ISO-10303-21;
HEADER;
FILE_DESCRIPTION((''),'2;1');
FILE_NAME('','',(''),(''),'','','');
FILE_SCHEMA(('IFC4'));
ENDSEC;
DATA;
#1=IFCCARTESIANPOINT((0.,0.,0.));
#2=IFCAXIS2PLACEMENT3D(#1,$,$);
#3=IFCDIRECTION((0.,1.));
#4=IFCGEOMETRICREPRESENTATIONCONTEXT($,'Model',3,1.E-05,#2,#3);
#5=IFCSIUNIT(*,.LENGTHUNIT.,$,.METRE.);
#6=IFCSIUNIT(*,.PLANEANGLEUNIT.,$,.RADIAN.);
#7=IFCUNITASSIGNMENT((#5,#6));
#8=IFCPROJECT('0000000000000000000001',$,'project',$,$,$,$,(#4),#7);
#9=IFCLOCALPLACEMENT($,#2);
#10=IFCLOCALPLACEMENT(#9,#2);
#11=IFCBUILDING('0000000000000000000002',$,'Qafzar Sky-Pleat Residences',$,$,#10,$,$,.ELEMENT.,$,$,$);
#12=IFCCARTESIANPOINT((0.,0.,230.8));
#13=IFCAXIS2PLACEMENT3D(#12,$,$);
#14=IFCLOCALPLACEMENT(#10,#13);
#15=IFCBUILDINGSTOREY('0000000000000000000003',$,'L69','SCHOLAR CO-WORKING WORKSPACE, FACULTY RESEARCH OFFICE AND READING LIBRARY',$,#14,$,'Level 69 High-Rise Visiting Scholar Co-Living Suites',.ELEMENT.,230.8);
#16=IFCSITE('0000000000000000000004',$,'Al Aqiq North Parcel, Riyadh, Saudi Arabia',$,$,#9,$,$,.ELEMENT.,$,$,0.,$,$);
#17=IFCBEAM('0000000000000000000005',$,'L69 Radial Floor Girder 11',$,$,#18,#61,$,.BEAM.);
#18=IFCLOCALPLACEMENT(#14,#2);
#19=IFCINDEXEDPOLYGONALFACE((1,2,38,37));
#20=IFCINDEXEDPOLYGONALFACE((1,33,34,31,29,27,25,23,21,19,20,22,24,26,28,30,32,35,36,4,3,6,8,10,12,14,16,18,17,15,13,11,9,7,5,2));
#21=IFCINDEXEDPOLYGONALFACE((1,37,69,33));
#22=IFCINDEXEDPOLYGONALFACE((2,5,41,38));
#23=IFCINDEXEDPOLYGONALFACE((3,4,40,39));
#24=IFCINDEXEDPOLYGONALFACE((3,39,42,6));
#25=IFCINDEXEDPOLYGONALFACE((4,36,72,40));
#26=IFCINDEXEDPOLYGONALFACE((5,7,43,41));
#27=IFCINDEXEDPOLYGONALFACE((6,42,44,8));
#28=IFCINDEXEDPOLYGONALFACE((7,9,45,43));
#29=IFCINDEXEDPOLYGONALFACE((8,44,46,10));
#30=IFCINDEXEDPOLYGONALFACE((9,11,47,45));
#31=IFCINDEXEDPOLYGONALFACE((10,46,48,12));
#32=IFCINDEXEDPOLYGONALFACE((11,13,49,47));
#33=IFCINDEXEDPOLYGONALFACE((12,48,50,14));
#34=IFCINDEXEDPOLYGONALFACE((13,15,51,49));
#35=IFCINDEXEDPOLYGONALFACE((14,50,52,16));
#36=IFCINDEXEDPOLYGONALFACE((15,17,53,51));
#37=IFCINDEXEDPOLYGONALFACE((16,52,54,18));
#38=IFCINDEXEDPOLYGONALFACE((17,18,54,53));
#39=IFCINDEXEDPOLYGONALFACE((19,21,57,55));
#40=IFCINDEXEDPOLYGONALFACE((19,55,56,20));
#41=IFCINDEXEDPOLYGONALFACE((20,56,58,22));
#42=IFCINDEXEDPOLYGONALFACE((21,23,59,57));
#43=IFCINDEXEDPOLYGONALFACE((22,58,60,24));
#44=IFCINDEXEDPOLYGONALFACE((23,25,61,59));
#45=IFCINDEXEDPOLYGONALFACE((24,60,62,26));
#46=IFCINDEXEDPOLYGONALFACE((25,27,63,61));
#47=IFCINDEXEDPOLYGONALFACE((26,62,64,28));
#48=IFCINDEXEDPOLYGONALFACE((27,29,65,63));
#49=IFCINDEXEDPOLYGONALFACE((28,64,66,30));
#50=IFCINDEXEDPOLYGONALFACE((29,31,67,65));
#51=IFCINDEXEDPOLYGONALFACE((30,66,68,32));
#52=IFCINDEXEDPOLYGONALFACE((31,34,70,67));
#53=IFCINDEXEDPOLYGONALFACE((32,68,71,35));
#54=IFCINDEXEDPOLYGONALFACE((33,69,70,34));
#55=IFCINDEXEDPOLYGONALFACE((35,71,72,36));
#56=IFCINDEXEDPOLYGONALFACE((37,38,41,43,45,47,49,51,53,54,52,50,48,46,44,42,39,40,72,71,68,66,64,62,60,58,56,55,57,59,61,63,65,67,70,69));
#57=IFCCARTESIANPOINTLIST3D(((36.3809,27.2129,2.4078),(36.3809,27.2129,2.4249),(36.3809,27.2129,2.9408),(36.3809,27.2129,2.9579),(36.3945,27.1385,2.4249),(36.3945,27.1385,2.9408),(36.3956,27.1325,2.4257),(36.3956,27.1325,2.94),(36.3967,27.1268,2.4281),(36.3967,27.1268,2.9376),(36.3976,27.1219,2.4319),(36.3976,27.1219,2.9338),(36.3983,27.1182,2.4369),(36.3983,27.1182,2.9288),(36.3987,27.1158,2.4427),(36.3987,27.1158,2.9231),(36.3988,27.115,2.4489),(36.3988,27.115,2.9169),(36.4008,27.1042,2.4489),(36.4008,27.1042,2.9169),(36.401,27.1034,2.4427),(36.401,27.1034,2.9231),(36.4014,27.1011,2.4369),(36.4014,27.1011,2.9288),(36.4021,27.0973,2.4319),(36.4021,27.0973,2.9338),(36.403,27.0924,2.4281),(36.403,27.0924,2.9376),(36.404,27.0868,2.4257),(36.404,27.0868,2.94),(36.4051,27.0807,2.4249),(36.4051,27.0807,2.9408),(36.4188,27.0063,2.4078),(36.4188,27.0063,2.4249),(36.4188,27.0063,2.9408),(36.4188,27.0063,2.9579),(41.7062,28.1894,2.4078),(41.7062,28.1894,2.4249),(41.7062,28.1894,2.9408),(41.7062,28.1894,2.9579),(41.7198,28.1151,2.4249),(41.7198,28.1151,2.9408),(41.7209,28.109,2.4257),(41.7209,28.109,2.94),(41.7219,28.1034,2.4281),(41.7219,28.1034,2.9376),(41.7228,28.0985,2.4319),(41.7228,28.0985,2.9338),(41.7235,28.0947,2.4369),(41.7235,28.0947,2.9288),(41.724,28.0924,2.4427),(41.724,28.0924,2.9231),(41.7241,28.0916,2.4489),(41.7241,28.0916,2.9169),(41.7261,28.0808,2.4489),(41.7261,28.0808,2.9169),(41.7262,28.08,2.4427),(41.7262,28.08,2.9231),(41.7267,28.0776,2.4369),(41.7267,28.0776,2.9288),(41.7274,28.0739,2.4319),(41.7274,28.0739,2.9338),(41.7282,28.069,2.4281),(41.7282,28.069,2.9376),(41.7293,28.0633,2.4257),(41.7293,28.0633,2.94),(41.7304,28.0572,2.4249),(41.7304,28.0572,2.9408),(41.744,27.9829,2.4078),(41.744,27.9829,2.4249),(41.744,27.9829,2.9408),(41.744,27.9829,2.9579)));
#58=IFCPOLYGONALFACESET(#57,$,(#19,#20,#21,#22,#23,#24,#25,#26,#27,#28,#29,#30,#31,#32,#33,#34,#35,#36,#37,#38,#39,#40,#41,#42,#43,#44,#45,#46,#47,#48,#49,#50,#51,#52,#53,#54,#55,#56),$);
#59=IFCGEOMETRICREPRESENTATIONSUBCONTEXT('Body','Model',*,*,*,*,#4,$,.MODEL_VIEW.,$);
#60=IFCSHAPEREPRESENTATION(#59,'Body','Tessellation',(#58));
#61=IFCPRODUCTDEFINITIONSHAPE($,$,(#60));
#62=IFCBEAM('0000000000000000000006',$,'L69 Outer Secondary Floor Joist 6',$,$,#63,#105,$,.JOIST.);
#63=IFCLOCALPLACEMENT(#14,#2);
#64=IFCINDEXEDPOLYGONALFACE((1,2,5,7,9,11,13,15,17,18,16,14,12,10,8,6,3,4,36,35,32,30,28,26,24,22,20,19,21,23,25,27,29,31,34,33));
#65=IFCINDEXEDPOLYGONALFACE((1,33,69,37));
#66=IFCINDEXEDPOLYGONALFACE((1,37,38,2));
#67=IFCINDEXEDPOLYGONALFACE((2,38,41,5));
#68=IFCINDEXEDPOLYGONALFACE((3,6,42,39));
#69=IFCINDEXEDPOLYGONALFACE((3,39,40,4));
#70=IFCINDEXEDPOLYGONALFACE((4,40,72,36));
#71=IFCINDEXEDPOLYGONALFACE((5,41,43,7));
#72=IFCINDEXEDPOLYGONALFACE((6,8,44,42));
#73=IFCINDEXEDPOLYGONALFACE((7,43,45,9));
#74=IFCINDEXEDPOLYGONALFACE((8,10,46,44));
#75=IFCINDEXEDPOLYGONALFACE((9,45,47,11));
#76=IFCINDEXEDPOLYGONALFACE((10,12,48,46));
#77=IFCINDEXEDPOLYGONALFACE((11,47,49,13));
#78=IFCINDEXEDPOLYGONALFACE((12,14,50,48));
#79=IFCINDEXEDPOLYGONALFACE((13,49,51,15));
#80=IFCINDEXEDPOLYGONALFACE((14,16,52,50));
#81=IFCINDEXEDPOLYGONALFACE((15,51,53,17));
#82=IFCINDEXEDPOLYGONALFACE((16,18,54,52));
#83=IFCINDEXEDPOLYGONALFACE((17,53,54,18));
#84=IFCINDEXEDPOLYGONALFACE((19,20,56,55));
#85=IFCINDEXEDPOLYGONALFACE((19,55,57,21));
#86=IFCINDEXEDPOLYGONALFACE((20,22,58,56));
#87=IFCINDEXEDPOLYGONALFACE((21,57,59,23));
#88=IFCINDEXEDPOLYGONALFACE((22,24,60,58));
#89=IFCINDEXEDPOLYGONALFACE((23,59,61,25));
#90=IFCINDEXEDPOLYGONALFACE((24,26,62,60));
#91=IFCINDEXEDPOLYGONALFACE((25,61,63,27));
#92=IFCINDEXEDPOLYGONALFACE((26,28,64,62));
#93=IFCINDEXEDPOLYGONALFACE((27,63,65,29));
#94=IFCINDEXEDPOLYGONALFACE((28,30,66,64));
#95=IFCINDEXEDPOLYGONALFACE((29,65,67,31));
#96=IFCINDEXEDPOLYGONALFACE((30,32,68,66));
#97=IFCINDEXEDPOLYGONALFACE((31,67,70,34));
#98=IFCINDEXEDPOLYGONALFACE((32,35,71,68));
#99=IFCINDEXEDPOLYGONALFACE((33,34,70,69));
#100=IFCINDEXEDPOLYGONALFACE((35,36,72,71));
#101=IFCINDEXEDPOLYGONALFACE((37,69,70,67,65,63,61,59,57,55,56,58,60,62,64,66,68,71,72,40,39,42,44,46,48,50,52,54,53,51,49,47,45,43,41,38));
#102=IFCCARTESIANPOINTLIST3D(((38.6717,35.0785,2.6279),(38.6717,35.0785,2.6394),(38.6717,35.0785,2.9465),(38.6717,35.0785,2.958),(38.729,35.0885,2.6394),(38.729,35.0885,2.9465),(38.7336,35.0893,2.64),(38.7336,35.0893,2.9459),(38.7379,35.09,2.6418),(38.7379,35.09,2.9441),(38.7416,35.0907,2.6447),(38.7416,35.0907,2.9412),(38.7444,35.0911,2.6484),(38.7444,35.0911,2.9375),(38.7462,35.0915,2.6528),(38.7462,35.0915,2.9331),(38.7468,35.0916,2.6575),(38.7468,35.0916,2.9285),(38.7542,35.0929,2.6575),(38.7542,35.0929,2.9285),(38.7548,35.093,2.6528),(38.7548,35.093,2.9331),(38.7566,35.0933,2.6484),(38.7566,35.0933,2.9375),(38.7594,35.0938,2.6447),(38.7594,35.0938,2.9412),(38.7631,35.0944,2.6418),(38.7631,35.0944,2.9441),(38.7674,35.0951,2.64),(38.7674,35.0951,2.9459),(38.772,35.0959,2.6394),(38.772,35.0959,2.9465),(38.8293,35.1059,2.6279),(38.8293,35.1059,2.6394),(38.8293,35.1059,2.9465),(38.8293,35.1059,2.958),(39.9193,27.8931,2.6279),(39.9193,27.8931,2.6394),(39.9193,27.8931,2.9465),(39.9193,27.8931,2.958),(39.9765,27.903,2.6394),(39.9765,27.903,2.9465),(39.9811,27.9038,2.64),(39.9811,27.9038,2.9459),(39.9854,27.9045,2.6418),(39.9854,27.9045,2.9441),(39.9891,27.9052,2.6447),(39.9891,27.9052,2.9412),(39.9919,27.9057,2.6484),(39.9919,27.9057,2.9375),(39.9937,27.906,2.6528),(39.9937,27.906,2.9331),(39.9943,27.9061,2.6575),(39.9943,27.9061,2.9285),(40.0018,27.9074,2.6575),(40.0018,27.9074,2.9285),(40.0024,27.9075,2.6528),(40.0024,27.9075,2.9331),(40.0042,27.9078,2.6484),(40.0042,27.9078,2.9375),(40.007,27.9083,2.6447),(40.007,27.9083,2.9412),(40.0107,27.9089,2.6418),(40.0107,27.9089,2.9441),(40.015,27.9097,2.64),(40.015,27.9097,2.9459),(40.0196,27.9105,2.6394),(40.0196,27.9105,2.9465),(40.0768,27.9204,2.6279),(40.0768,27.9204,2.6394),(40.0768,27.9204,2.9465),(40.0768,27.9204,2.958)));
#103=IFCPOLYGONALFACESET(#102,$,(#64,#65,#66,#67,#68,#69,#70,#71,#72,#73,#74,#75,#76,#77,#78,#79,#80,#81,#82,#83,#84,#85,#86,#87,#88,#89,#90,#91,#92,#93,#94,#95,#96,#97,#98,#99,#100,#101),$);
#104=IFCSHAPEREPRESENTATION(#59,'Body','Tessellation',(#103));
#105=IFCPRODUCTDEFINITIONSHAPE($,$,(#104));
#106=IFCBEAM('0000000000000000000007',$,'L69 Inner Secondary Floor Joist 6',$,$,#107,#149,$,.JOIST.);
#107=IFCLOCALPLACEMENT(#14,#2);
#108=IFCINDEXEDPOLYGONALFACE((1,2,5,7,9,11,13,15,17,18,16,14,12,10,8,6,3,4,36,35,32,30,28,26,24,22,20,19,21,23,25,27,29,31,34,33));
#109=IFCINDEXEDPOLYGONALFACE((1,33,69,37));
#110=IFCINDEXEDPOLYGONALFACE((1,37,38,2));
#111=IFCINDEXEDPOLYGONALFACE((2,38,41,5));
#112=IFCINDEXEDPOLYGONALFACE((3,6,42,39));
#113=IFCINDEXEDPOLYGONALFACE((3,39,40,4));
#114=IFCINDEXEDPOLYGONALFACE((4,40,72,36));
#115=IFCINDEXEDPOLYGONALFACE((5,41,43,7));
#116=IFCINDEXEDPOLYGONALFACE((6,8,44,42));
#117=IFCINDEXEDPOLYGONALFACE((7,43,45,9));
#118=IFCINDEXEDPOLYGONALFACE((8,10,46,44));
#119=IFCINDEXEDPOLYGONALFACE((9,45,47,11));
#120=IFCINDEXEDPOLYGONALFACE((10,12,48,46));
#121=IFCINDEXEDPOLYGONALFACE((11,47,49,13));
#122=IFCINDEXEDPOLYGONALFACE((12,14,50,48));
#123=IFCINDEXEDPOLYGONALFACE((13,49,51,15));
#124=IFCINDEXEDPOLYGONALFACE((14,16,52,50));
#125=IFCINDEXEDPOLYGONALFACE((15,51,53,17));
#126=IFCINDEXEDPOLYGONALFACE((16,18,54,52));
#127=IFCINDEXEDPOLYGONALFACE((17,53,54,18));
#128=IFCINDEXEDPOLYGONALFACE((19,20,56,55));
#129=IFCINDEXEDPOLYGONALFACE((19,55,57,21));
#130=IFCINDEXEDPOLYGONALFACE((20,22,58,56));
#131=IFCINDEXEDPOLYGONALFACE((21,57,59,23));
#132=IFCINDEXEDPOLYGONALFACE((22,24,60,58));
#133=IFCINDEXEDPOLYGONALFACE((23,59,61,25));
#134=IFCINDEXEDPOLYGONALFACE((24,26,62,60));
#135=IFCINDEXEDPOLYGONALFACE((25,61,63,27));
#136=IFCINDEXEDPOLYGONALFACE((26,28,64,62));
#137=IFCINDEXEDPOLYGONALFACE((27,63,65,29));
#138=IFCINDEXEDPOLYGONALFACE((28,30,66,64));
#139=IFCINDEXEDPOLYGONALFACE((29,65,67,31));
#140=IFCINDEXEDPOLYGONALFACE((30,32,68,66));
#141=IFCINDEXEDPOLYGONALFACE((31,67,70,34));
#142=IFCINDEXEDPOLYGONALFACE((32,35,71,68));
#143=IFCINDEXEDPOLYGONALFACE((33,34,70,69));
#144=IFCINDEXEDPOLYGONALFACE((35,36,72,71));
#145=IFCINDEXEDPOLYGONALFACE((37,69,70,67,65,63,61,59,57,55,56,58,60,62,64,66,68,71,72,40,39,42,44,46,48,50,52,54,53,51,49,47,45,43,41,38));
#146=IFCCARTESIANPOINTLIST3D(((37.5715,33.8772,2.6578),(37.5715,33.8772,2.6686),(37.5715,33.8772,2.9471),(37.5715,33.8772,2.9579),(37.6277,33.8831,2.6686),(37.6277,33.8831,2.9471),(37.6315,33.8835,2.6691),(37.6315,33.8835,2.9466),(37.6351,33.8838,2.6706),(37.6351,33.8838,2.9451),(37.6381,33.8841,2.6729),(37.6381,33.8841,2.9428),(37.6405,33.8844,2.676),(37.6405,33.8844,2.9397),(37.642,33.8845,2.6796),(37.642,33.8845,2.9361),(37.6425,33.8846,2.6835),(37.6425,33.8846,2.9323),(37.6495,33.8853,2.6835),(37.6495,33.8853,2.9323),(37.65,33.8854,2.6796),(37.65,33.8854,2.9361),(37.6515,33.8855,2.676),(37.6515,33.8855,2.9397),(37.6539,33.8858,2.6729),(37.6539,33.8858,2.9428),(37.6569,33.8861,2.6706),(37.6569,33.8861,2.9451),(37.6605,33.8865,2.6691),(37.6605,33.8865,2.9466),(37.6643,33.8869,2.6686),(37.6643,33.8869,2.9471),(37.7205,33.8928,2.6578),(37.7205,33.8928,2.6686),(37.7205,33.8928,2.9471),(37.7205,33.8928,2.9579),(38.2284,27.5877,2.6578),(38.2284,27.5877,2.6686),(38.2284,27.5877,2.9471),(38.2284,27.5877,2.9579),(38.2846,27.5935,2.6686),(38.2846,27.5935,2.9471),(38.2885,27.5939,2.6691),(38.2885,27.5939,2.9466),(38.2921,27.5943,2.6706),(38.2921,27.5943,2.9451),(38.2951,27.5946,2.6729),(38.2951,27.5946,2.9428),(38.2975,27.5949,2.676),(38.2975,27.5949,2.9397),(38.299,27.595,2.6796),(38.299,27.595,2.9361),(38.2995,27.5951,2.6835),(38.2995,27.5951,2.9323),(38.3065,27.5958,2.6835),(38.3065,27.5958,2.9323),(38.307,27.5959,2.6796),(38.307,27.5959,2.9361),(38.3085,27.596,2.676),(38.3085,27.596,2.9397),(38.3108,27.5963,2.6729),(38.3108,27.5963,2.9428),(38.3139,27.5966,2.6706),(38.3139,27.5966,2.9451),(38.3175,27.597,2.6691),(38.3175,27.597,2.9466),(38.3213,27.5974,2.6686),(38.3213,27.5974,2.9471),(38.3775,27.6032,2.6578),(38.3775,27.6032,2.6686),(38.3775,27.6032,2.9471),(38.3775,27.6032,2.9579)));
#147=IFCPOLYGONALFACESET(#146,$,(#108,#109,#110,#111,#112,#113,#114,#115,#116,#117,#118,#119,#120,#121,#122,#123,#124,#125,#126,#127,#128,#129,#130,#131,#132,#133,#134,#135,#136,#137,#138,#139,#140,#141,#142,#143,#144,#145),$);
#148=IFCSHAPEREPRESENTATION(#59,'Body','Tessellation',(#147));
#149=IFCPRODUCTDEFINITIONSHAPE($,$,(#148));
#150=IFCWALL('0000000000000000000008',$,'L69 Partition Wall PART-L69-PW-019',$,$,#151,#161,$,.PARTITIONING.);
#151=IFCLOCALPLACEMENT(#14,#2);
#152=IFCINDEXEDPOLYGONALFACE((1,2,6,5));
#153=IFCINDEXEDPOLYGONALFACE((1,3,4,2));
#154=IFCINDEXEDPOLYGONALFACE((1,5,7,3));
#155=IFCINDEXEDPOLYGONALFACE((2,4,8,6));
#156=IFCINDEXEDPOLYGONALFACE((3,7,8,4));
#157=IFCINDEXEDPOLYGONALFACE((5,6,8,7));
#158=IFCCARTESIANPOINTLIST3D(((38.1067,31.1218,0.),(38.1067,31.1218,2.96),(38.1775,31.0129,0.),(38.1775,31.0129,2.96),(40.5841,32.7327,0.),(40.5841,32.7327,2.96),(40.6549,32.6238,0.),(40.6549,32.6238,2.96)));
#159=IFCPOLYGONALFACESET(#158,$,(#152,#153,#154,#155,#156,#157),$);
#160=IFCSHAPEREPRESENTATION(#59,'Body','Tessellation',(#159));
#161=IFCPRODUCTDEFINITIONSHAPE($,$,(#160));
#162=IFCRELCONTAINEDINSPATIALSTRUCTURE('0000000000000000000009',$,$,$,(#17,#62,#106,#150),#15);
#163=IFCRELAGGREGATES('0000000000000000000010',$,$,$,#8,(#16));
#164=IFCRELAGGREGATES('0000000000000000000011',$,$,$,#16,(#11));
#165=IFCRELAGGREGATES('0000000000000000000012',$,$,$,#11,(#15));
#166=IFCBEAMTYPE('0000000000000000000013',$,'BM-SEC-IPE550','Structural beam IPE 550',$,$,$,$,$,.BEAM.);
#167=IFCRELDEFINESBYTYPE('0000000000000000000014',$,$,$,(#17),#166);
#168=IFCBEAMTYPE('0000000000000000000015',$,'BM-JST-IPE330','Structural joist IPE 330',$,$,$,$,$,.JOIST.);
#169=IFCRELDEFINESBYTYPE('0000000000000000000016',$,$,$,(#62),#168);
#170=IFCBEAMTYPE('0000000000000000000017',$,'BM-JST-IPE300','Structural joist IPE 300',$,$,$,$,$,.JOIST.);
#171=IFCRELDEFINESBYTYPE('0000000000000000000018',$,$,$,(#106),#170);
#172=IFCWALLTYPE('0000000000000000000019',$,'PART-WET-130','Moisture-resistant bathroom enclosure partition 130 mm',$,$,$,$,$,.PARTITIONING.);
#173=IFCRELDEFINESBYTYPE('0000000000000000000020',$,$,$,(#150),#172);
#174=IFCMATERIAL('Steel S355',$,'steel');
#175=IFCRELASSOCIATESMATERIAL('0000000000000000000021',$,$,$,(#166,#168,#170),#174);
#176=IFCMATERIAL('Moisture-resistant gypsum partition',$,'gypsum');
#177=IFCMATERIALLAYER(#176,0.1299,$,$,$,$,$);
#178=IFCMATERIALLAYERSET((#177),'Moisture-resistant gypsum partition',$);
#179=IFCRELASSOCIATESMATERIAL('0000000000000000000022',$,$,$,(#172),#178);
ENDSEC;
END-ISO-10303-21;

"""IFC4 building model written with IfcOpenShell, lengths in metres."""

from ifc_helpers import new_model, si_unit, direction, frame, frame_2d, origin, origin_2d, place, context, subcontext, project, spatial, rectangle, i_section, extrude, source, transform, mapped, material, layer, layer_set, material_profile, profile_set, type_object, element, save


model = new_model("IFC4")

# Units and contexts
model_context = context("Model", 3, precision=1e-05, world=origin(), true_north=direction((0.0, 1.0)))
body_context = subcontext(model_context, "Body", "Model", "MODEL_VIEW")
ifc_project = project(units=[si_unit("LENGTHUNIT", "METRE"), si_unit("PLANEANGLEUNIT", "RADIAN")], contexts=[model_context])

# Site, building, storey
site_placement = place(None, origin())
site = spatial("IfcSite", under=ifc_project, at=site_placement, Name="Al Aqiq North Parcel, Riyadh, Saudi Arabia", CompositionType="ELEMENT", RefElevation=0.0)
building_placement = place(site_placement, origin())
building = spatial("IfcBuilding", under=site, at=building_placement, Name="Qafzar Sky-Pleat Residences", CompositionType="ELEMENT")
storey_placement = place(building_placement, frame((0.0, 0.0, 230.8)))
storey = spatial("IfcBuildingStorey", under=building, at=storey_placement, Name="L69", Description="SCHOLAR CO-WORKING WORKSPACE, FACULTY RESEARCH OFFICE AND READING LIBRARY", LongName="Level 69 High-Rise Visiting Scholar Co-Living Suites", CompositionType="ELEMENT", Elevation=230.8)

# Shared definitions
ifc_material_1 = material(Name="Steel S355", Category="steel")

# Beams
ifc_material_profile_1 = material_profile(ifc_material_1, i_section(OverallWidth=0.21, OverallDepth=0.55, WebThickness=0.011, FlangeThickness=0.0171, FilletRadius=0.0239, at=origin_2d()), Name="IPE 550")
ifc_profile_set_1 = profile_set([ifc_material_profile_1], Name="Steel S355")
beam_type_1 = type_object("IfcBeamType", Name="BM-SEC-IPE550", Description="Structural beam IPE 550", PredefinedType="BEAM", material=ifc_profile_set_1)
shared_shape_1 = source(origin(), body_context, "Body", "SweptSolid", [
    extrude(i_section(OverallWidth=0.21, OverallDepth=0.55, WebThickness=0.011, FlangeThickness=0.0171, FilletRadius=0.0239, at=origin_2d()), origin(), (0.0, 0.0, 1.0), 5.4141),
])
beam_1_placement = place(storey_placement, frame((41.7251, 28.0862, 2.6829), z_axis=(-0.983597, -0.180377, 0.0), x_axis=(0.180377, -0.983597, 0.0)))
element("IfcBeam", 1, at=beam_1_placement, inside=storey, type_object=beam_type_1, Name="L69 Radial Floor Girder 11", PredefinedType="BEAM", context=body_context, shape_type="MappedRepresentation", body=[
    mapped(shared_shape_1, transform((0.0, 0.0, 0.0), x_axis=(1.0, 0.0, 0.0), y_axis=(0.0, 1.0, 0.0), z_axis=(0.0, 0.0, 1.0), scale=1.0)),
])
ifc_material_profile_2 = material_profile(ifc_material_1, i_section(OverallWidth=0.1599, OverallDepth=0.3301, WebThickness=0.0076, FlangeThickness=0.0115, FilletRadius=0.0181, at=origin_2d()), Name="IPE 330")
ifc_profile_set_2 = profile_set([ifc_material_profile_2], Name="Steel S355")
beam_type_2 = type_object("IfcBeamType", Name="BM-JST-IPE330", Description="Structural joist IPE 330", PredefinedType="JOIST", material=ifc_profile_set_2)
shared_shape_2 = source(origin(), body_context, "Body", "SweptSolid", [
    extrude(i_section(OverallWidth=0.1599, OverallDepth=0.3301, WebThickness=0.0076, FlangeThickness=0.0115, FilletRadius=0.0181, at=origin_2d()), origin(), (0.0, 0.0, 1.0), 7.293),
])
beam_2_placement = place(storey_placement, frame((39.998, 27.9067, 2.793), z_axis=(-0.171061, 0.98526, 0.0), x_axis=(-0.98526, -0.171061, 0.0)))
element("IfcBeam", 2, at=beam_2_placement, inside=storey, type_object=beam_type_2, Name="L69 Outer Secondary Floor Joist 6", PredefinedType="JOIST", context=body_context, shape_type="MappedRepresentation", body=[
    mapped(shared_shape_2, transform((0.0, 0.0, 0.0), x_axis=(1.0, 0.0, 0.0), y_axis=(0.0, 1.0, 0.0), z_axis=(0.0, 0.0, 1.0), scale=1.0)),
])
ifc_material_profile_3 = material_profile(ifc_material_1, i_section(OverallWidth=0.1499, OverallDepth=0.3, WebThickness=0.0071, FlangeThickness=0.0107, FilletRadius=0.0149, at=origin_2d()), Name="IPE 300")
ifc_profile_set_3 = profile_set([ifc_material_profile_3], Name="Steel S355")
beam_type_3 = type_object("IfcBeamType", Name="BM-JST-IPE300", Description="Structural joist IPE 300", PredefinedType="JOIST", material=ifc_profile_set_3)
shared_shape_3 = source(origin(), body_context, "Body", "SweptSolid", [
    extrude(i_section(OverallWidth=0.1499, OverallDepth=0.3, WebThickness=0.0071, FlangeThickness=0.0107, FilletRadius=0.0149, at=origin_2d()), origin(), (0.0, 0.0, 1.0), 6.3237),
])
beam_3_placement = place(storey_placement, frame((38.303, 27.5955, 2.8079), z_axis=(-0.103891, 0.994589, 0.0), x_axis=(-0.994589, -0.103891, 0.0)))
element("IfcBeam", 3, at=beam_3_placement, inside=storey, type_object=beam_type_3, Name="L69 Inner Secondary Floor Joist 6", PredefinedType="JOIST", context=body_context, shape_type="MappedRepresentation", body=[
    mapped(shared_shape_3, transform((0.0, 0.0, 0.0), x_axis=(1.0, 0.0, 0.0), y_axis=(0.0, 1.0, 0.0), z_axis=(0.0, 0.0, 1.0), scale=1.0)),
])

# Wall
ifc_material_2 = material(Name="Moisture-resistant gypsum partition", Category="gypsum")
ifc_layer_1 = layer(ifc_material_2, 0.1299)
ifc_layer_set_1 = layer_set([ifc_layer_1], Name="Moisture-resistant gypsum partition")
wall_type_1 = type_object("IfcWallType", Name="PART-WET-130", Description="Moisture-resistant bathroom enclosure partition 130 mm", PredefinedType="PARTITIONING", material=ifc_layer_set_1)
wall_1_placement = place(storey_placement, frame((38.1421, 31.0674, 0.0), z_axis=(0.0, 0.0, 1.0), x_axis=(0.838351, 0.545131, 0.0)))
element("IfcWall", 4, at=wall_1_placement, inside=storey, type_object=wall_type_1, Name="L69 Partition Wall PART-L69-PW-019", PredefinedType="PARTITIONING", context=body_context, shape_type="SweptSolid", body=[
    extrude(rectangle(XDim=2.9551, YDim=0.1299, at=frame_2d((1.4775, 0.0))), origin(), (0.0, 0.0, 1.0), 2.96),
])

save(model, "model.ifc")
